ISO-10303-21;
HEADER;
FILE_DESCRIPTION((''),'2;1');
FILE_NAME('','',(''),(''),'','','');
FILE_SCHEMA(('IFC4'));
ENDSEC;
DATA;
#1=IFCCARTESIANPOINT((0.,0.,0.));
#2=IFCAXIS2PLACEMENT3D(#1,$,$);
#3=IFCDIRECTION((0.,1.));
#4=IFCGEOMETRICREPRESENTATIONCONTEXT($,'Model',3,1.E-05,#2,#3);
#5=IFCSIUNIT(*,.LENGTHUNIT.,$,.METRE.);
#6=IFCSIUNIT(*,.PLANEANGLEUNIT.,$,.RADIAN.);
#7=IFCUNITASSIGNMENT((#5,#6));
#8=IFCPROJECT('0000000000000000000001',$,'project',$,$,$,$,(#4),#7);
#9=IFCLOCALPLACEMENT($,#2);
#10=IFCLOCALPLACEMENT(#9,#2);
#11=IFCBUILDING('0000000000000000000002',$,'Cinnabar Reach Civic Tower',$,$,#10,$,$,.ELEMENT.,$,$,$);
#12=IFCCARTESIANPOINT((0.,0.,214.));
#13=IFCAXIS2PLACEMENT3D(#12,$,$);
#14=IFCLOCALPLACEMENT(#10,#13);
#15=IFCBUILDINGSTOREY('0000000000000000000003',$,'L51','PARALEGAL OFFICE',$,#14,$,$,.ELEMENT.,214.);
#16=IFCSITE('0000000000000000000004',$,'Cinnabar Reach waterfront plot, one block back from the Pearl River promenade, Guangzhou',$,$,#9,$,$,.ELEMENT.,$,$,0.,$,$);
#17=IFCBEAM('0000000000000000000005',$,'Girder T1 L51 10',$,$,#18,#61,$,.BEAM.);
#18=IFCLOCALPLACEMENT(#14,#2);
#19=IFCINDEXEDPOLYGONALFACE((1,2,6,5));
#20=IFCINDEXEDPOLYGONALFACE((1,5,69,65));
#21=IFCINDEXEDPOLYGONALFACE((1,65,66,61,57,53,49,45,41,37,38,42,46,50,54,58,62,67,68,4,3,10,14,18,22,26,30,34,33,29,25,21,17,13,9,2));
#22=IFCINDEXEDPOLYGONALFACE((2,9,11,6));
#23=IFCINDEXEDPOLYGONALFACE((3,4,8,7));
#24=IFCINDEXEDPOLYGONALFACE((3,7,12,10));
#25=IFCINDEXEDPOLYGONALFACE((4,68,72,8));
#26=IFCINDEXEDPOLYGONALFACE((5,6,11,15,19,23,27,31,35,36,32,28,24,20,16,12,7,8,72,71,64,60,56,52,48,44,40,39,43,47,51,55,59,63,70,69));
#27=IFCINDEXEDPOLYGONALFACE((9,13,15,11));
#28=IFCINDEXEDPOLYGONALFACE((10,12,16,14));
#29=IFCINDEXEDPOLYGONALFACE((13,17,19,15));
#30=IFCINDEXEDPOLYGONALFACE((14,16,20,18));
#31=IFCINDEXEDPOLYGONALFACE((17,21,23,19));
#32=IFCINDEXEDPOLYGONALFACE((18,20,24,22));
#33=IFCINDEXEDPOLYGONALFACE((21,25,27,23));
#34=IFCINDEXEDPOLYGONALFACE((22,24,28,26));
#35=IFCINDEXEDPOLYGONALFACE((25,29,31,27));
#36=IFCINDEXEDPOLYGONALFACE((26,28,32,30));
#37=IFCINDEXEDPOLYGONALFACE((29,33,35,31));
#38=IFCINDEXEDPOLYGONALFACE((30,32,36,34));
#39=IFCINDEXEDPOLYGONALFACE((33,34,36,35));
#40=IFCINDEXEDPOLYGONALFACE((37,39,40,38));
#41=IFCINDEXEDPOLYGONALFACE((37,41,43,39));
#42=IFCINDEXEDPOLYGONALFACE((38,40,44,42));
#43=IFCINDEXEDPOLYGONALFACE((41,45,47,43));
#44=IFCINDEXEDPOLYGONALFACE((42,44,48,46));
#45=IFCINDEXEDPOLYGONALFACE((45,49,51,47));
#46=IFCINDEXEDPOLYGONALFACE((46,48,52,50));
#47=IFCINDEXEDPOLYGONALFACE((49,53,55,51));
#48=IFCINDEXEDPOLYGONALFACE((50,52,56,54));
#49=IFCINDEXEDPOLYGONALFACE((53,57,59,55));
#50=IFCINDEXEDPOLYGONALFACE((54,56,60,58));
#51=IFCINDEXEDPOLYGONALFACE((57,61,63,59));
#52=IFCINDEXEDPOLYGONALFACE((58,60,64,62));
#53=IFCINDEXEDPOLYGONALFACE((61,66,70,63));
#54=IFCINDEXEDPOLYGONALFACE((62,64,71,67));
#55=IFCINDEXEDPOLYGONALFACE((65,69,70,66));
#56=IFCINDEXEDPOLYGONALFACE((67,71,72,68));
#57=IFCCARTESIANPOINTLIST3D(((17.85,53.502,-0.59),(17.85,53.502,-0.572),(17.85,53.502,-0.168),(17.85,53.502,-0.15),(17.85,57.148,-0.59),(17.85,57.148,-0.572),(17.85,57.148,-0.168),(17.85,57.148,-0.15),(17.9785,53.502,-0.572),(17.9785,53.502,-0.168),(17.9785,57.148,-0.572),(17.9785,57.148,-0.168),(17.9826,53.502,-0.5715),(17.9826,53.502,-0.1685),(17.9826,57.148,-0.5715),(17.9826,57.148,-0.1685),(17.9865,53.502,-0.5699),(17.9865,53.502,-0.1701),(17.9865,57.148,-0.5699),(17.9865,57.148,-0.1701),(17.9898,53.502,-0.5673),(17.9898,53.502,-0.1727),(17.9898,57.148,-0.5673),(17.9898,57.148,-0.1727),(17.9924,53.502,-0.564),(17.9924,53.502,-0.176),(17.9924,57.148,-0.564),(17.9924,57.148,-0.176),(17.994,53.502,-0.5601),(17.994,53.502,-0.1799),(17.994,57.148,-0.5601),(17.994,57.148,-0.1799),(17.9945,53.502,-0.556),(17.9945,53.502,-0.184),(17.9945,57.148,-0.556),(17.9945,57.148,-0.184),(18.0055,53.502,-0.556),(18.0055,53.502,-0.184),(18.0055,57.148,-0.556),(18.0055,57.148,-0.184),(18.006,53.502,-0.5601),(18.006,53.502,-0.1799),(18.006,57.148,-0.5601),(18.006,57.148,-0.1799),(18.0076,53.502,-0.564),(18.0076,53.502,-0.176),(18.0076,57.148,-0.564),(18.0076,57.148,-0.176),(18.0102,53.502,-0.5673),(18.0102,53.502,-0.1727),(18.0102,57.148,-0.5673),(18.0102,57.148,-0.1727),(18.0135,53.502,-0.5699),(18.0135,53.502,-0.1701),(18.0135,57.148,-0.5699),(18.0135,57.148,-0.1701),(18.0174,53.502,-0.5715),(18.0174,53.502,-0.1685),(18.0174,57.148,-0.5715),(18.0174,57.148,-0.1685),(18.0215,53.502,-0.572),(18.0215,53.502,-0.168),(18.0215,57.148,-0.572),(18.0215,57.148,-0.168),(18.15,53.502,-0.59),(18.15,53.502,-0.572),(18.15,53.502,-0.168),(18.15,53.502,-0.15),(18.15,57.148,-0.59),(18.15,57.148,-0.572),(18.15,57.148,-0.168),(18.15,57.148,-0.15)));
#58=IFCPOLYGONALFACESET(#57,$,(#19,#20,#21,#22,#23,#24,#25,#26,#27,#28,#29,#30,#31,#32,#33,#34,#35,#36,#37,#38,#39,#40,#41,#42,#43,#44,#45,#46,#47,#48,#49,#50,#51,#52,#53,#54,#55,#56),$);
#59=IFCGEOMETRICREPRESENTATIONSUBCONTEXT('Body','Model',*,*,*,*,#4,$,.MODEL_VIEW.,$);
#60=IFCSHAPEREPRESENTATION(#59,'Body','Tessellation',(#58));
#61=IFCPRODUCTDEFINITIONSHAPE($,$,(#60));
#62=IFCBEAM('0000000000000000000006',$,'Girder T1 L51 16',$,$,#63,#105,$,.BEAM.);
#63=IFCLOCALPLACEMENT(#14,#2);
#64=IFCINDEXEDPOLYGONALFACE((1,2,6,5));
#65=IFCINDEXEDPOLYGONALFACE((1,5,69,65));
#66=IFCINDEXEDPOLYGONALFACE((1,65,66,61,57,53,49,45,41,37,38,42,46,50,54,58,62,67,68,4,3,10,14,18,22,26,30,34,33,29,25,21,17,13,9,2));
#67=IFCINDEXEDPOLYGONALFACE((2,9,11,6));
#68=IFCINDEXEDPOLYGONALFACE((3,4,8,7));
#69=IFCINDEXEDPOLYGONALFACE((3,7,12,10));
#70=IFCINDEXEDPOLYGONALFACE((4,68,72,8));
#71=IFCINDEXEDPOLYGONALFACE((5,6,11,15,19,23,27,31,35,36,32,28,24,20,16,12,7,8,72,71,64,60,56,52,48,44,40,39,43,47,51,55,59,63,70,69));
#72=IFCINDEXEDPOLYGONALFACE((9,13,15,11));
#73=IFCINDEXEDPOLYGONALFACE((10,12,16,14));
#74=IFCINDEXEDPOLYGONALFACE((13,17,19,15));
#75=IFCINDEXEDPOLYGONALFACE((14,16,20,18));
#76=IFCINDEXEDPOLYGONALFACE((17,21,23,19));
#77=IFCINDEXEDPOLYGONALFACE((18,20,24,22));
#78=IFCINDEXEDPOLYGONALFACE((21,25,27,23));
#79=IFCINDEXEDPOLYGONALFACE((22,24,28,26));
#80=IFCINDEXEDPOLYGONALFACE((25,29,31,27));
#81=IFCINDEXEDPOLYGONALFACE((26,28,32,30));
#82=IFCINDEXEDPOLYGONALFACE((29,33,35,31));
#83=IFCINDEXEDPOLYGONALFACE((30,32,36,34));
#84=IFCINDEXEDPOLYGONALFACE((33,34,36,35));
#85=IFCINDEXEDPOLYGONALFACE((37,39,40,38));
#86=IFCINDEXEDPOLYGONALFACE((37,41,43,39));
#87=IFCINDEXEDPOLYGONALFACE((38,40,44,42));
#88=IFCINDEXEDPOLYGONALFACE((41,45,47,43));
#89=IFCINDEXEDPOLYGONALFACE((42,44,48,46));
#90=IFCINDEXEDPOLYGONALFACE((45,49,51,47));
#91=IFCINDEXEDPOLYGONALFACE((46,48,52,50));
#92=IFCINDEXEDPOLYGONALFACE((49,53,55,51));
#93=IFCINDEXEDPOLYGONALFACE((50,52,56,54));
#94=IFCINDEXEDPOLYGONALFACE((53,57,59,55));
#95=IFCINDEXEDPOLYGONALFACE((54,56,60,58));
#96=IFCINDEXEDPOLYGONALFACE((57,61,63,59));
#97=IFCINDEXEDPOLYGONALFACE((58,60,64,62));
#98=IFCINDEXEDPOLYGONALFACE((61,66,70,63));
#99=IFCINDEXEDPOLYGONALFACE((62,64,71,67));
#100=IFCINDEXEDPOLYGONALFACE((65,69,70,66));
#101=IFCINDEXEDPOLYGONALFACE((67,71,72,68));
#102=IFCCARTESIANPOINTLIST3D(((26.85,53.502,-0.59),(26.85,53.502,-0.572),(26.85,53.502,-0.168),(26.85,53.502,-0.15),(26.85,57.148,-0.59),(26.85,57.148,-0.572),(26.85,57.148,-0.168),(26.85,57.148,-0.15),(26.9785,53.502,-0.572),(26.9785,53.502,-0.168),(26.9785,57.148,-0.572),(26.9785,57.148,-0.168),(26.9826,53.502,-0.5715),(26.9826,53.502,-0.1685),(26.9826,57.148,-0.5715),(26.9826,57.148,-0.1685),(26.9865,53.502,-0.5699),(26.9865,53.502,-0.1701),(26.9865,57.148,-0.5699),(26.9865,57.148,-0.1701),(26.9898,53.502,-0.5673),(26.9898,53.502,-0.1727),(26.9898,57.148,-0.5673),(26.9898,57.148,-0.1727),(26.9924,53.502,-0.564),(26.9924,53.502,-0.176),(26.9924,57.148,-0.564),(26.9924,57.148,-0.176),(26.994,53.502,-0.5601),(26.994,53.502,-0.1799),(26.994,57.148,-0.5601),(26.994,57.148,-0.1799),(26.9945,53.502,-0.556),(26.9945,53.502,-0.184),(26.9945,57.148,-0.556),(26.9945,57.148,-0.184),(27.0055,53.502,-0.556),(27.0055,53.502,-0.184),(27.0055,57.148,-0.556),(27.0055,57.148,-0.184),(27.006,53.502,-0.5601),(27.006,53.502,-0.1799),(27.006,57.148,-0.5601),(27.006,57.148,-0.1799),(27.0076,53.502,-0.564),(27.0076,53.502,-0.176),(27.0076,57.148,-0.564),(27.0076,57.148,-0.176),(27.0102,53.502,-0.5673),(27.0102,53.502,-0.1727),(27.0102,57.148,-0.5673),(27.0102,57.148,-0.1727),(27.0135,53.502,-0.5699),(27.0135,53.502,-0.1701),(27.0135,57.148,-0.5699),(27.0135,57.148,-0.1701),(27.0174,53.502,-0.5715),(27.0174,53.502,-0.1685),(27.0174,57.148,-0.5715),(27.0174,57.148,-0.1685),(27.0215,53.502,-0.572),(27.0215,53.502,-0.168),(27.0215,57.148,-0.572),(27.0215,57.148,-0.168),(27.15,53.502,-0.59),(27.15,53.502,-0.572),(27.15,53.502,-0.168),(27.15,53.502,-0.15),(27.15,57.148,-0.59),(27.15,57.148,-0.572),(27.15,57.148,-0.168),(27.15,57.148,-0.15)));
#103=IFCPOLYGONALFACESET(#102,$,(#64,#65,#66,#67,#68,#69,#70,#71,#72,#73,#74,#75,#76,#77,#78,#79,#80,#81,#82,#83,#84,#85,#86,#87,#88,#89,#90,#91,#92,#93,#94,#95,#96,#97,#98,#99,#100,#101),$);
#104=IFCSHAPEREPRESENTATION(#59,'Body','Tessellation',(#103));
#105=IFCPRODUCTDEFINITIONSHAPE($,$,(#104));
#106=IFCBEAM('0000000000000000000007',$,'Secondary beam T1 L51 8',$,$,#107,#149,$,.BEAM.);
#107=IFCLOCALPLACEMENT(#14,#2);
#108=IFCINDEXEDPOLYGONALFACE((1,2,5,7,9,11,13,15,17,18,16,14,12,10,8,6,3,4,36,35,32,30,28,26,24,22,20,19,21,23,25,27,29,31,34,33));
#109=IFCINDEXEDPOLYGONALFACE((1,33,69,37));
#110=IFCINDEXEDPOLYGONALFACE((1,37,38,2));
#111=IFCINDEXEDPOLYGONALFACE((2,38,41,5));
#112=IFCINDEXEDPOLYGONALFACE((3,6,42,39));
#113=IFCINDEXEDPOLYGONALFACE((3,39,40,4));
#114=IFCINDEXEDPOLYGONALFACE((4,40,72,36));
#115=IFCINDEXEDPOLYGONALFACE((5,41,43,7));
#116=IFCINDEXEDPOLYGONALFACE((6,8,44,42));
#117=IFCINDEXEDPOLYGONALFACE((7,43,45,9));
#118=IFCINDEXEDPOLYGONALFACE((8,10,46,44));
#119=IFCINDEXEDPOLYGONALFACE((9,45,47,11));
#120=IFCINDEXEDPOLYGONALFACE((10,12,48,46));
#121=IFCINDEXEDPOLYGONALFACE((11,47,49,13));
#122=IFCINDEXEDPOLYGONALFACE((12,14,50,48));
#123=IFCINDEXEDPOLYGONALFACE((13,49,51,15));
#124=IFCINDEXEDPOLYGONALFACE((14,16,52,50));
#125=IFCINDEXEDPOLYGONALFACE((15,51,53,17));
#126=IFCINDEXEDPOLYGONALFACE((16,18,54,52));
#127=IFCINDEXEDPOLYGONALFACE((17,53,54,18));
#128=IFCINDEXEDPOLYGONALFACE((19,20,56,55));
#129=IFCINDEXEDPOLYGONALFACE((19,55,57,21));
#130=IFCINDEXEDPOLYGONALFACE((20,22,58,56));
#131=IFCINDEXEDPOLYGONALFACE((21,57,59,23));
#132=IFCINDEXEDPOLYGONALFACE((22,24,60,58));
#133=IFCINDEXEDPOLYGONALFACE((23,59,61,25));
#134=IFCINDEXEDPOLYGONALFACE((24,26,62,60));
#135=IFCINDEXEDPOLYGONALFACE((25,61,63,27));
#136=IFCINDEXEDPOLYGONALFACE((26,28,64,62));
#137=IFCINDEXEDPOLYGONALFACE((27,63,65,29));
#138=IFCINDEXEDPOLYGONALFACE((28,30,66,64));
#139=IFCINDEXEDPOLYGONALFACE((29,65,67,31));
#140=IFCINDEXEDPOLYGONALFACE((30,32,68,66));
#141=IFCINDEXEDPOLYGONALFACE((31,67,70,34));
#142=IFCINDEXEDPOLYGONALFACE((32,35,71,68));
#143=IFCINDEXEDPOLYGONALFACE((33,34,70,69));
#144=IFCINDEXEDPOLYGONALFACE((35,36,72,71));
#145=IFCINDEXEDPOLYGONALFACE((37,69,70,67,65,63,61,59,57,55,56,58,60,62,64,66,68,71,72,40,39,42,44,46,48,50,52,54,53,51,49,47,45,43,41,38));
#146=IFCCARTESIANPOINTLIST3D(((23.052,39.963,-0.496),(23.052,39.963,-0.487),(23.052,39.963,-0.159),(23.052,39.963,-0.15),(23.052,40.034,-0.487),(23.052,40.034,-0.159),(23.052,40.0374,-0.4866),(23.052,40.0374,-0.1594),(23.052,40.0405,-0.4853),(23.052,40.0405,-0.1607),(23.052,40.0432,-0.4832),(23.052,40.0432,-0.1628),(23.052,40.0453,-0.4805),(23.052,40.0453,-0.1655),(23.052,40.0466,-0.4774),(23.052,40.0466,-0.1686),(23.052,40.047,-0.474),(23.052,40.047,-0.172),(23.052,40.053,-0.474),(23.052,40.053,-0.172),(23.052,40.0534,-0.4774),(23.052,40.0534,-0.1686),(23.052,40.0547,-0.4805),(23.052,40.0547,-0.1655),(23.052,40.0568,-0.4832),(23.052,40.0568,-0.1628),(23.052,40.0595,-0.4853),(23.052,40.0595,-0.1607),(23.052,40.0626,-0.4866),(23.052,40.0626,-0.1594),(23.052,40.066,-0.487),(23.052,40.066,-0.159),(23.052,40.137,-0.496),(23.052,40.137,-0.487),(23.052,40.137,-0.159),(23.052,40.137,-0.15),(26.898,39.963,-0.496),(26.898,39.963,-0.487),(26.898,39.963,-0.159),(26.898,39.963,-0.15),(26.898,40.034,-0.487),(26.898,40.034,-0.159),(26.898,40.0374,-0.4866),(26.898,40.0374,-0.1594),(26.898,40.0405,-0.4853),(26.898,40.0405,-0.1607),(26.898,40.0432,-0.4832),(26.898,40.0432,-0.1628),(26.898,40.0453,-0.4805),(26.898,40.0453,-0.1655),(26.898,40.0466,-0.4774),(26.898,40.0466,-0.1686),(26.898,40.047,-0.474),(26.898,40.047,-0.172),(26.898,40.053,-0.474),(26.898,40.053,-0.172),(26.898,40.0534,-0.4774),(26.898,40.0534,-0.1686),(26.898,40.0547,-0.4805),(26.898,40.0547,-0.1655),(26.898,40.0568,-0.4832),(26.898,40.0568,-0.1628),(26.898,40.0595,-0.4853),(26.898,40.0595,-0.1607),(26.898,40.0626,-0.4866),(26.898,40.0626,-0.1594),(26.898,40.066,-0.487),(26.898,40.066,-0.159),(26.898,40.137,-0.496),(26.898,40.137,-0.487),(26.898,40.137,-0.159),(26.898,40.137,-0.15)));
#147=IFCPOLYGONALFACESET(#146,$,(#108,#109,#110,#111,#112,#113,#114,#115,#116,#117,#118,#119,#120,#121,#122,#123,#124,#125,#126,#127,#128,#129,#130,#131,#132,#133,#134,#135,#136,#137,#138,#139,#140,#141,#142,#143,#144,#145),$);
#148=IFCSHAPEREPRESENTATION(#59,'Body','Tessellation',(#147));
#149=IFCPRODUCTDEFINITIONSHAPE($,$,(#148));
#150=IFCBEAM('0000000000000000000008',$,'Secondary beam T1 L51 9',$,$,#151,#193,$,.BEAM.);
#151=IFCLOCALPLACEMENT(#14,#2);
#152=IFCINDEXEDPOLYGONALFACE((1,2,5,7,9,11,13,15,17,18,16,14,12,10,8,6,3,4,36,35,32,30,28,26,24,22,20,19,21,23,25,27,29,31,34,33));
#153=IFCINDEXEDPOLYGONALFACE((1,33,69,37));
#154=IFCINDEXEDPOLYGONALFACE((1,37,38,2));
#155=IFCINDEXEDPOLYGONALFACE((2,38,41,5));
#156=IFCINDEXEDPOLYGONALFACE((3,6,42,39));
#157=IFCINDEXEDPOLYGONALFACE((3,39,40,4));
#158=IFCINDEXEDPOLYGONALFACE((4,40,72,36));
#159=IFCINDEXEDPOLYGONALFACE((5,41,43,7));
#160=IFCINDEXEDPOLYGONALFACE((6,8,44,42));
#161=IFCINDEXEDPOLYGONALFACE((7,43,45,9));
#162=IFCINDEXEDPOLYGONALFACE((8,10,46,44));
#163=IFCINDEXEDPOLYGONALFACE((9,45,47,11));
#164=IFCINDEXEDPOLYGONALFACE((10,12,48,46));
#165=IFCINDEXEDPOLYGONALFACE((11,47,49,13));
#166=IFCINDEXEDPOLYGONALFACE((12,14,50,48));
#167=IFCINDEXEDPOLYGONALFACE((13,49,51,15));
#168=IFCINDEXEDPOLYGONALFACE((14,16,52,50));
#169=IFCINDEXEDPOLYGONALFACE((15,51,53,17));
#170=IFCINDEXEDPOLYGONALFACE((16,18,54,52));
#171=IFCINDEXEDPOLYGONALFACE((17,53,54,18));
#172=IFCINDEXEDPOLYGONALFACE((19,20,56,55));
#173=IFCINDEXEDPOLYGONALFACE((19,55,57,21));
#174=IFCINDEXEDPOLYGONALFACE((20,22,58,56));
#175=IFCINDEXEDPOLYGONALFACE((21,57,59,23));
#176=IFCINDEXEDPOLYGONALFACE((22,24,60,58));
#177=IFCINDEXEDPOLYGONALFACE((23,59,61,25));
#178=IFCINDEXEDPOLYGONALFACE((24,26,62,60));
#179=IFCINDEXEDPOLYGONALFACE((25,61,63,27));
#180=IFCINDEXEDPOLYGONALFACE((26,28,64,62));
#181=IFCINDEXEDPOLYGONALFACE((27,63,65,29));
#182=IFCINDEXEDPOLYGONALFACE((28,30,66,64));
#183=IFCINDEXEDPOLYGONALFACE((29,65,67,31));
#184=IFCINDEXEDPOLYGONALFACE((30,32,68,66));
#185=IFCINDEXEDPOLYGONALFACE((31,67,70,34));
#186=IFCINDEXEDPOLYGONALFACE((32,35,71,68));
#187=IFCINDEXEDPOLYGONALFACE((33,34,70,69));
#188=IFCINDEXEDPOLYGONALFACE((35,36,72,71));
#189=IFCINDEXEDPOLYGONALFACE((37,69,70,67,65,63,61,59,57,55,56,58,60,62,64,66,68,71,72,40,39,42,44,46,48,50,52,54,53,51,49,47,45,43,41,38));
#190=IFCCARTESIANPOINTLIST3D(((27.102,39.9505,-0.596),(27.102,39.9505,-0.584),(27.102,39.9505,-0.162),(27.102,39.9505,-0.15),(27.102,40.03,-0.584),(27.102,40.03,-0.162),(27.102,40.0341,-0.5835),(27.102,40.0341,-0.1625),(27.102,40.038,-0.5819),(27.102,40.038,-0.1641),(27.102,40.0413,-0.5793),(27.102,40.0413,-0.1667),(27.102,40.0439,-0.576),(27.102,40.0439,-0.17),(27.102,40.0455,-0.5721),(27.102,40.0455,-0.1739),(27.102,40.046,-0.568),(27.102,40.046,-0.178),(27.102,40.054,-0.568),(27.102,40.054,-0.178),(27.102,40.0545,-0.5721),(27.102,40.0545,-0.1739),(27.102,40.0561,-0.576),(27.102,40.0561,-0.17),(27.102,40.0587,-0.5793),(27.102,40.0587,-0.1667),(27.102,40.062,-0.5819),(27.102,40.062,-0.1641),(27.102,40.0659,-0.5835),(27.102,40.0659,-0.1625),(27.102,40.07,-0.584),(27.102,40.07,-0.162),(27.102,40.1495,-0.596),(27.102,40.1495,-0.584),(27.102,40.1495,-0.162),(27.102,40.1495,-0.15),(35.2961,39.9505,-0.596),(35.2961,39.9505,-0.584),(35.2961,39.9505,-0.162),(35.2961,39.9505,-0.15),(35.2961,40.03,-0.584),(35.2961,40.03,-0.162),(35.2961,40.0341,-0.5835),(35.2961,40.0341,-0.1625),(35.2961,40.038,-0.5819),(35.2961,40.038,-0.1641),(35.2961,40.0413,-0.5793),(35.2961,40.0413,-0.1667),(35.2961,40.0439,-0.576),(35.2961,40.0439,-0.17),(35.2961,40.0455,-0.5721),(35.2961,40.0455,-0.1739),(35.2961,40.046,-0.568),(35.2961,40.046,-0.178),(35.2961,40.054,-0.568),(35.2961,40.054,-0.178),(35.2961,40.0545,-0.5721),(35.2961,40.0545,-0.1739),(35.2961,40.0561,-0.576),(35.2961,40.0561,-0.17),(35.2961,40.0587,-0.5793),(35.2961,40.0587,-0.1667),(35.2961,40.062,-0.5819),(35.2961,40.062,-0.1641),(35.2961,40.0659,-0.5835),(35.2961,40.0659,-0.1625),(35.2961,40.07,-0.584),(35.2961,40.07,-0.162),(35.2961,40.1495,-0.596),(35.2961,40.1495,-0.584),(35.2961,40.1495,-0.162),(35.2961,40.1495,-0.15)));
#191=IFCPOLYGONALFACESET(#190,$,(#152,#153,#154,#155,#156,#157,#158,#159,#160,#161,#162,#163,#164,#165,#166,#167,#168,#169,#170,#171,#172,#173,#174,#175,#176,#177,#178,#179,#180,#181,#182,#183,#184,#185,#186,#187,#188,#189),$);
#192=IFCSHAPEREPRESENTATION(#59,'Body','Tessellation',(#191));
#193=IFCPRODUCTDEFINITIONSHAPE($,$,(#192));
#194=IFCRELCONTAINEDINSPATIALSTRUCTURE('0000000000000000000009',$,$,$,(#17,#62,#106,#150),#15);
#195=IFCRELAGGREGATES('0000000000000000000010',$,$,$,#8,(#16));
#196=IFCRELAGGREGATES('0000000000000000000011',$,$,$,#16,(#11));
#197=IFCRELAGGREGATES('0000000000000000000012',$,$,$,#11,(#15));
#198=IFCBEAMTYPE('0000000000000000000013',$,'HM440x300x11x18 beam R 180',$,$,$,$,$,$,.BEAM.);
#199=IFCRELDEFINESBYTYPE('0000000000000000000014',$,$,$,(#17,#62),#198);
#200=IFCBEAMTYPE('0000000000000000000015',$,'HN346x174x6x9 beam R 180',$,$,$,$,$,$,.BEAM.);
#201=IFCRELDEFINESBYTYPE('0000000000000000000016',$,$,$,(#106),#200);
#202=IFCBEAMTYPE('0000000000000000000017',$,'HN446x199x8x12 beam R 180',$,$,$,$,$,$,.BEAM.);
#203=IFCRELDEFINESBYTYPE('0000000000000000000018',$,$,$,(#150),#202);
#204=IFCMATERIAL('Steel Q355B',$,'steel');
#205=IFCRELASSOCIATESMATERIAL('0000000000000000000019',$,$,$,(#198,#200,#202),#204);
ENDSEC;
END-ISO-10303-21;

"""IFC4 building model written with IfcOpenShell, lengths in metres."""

from ifc_helpers import new_model, si_unit, direction, frame, origin, origin_2d, place, context, subcontext, project, spatial, i_section, extrude, material, material_profile, profile_set, type_object, element, save


model = new_model("IFC4")

# Units and contexts
model_context = context("Model", 3, precision=1e-05, world=origin(), true_north=direction((0.0, 1.0)))
body_context = subcontext(model_context, "Body", "Model", "MODEL_VIEW")
ifc_project = project(units=[si_unit("LENGTHUNIT", "METRE"), si_unit("PLANEANGLEUNIT", "RADIAN")], contexts=[model_context])

# Site, building, storey
site_placement = place(None, origin())
site = spatial("IfcSite", under=ifc_project, at=site_placement, Name="Cinnabar Reach waterfront plot, one block back from the Pearl River promenade, Guangzhou", CompositionType="ELEMENT", RefElevation=0.0)
building_placement = place(site_placement, origin())
building = spatial("IfcBuilding", under=site, at=building_placement, Name="Cinnabar Reach Civic Tower", CompositionType="ELEMENT")
storey_placement = place(building_placement, frame((0.0, 0.0, 214.0)))
storey = spatial("IfcBuildingStorey", under=building, at=storey_placement, Name="L51", Description="PARALEGAL OFFICE", CompositionType="ELEMENT", Elevation=214.0)

# Beams
ifc_material_1 = material(Name="Steel Q355B", Category="steel")
ifc_material_profile_1 = material_profile(ifc_material_1, i_section(OverallWidth=0.3, OverallDepth=0.44, WebThickness=0.011, FlangeThickness=0.018, FilletRadius=0.016, at=origin_2d()), Name="HM440x300x11x18")
ifc_profile_set_1 = profile_set([ifc_material_profile_1], Name="Steel Q355B")
beam_type_1 = type_object("IfcBeamType", Name="HM440x300x11x18 beam R 180", PredefinedType="BEAM", material=ifc_profile_set_1)
for number, where, z_axis, x_axis, name in (
    (1, (18.0, 53.502, -0.37), (0.0, 1.0, 0.0), (-1.0, 0.0, 0.0), "Girder T1 L51 10"),
    (2, (27.0, 53.502, -0.37), (0.0, 1.0, 0.0), (-1.0, 0.0, 0.0), "Girder T1 L51 16"),
):
    element("IfcBeam", number, at=place(storey_placement, frame(where, z_axis=z_axis, x_axis=x_axis)), inside=storey, type_object=beam_type_1, Name=name, PredefinedType="BEAM", context=body_context, shape_type="SweptSolid", body=[
        extrude(i_section(OverallWidth=0.3, OverallDepth=0.44, WebThickness=0.011, FlangeThickness=0.018, FilletRadius=0.016, at=origin_2d()), origin(), (0.0, 0.0, 1.0), 3.646),
    ])
ifc_material_profile_2 = material_profile(ifc_material_1, i_section(OverallWidth=0.174, OverallDepth=0.346, WebThickness=0.006, FlangeThickness=0.009, FilletRadius=0.013, at=origin_2d()), Name="HN346x174x6x9")
ifc_profile_set_2 = profile_set([ifc_material_profile_2], Name="Steel Q355B")
beam_type_2 = type_object("IfcBeamType", Name="HN346x174x6x9 beam R 180", PredefinedType="BEAM", material=ifc_profile_set_2)
beam_1_placement = place(storey_placement, frame((23.052, 40.05, -0.323), z_axis=(1.0, 0.0, 0.0), x_axis=(0.0, 1.0, 0.0)))
element("IfcBeam", 3, at=beam_1_placement, inside=storey, type_object=beam_type_2, Name="Secondary beam T1 L51 8", PredefinedType="BEAM", context=body_context, shape_type="SweptSolid", body=[
    extrude(i_section(OverallWidth=0.174, OverallDepth=0.346, WebThickness=0.006, FlangeThickness=0.009, FilletRadius=0.013, at=origin_2d()), origin(), (0.0, 0.0, 1.0), 3.846),
])
ifc_material_profile_3 = material_profile(ifc_material_1, i_section(OverallWidth=0.199, OverallDepth=0.446, WebThickness=0.008, FlangeThickness=0.012, FilletRadius=0.016, at=origin_2d()), Name="HN446x199x8x12")
ifc_profile_set_3 = profile_set([ifc_material_profile_3], Name="Steel Q355B")
beam_type_3 = type_object("IfcBeamType", Name="HN446x199x8x12 beam R 180", PredefinedType="BEAM", material=ifc_profile_set_3)
beam_2_placement = place(storey_placement, frame((27.102, 40.05, -0.373), z_axis=(1.0, 0.0, 0.0), x_axis=(0.0, 1.0, 0.0)))
element("IfcBeam", 4, at=beam_2_placement, inside=storey, type_object=beam_type_3, Name="Secondary beam T1 L51 9", PredefinedType="BEAM", context=body_context, shape_type="SweptSolid", body=[
    extrude(i_section(OverallWidth=0.199, OverallDepth=0.446, WebThickness=0.008, FlangeThickness=0.012, FilletRadius=0.016, at=origin_2d()), origin(), (0.0, 0.0, 1.0), 8.1941),
])

save(model, "model.ifc")
